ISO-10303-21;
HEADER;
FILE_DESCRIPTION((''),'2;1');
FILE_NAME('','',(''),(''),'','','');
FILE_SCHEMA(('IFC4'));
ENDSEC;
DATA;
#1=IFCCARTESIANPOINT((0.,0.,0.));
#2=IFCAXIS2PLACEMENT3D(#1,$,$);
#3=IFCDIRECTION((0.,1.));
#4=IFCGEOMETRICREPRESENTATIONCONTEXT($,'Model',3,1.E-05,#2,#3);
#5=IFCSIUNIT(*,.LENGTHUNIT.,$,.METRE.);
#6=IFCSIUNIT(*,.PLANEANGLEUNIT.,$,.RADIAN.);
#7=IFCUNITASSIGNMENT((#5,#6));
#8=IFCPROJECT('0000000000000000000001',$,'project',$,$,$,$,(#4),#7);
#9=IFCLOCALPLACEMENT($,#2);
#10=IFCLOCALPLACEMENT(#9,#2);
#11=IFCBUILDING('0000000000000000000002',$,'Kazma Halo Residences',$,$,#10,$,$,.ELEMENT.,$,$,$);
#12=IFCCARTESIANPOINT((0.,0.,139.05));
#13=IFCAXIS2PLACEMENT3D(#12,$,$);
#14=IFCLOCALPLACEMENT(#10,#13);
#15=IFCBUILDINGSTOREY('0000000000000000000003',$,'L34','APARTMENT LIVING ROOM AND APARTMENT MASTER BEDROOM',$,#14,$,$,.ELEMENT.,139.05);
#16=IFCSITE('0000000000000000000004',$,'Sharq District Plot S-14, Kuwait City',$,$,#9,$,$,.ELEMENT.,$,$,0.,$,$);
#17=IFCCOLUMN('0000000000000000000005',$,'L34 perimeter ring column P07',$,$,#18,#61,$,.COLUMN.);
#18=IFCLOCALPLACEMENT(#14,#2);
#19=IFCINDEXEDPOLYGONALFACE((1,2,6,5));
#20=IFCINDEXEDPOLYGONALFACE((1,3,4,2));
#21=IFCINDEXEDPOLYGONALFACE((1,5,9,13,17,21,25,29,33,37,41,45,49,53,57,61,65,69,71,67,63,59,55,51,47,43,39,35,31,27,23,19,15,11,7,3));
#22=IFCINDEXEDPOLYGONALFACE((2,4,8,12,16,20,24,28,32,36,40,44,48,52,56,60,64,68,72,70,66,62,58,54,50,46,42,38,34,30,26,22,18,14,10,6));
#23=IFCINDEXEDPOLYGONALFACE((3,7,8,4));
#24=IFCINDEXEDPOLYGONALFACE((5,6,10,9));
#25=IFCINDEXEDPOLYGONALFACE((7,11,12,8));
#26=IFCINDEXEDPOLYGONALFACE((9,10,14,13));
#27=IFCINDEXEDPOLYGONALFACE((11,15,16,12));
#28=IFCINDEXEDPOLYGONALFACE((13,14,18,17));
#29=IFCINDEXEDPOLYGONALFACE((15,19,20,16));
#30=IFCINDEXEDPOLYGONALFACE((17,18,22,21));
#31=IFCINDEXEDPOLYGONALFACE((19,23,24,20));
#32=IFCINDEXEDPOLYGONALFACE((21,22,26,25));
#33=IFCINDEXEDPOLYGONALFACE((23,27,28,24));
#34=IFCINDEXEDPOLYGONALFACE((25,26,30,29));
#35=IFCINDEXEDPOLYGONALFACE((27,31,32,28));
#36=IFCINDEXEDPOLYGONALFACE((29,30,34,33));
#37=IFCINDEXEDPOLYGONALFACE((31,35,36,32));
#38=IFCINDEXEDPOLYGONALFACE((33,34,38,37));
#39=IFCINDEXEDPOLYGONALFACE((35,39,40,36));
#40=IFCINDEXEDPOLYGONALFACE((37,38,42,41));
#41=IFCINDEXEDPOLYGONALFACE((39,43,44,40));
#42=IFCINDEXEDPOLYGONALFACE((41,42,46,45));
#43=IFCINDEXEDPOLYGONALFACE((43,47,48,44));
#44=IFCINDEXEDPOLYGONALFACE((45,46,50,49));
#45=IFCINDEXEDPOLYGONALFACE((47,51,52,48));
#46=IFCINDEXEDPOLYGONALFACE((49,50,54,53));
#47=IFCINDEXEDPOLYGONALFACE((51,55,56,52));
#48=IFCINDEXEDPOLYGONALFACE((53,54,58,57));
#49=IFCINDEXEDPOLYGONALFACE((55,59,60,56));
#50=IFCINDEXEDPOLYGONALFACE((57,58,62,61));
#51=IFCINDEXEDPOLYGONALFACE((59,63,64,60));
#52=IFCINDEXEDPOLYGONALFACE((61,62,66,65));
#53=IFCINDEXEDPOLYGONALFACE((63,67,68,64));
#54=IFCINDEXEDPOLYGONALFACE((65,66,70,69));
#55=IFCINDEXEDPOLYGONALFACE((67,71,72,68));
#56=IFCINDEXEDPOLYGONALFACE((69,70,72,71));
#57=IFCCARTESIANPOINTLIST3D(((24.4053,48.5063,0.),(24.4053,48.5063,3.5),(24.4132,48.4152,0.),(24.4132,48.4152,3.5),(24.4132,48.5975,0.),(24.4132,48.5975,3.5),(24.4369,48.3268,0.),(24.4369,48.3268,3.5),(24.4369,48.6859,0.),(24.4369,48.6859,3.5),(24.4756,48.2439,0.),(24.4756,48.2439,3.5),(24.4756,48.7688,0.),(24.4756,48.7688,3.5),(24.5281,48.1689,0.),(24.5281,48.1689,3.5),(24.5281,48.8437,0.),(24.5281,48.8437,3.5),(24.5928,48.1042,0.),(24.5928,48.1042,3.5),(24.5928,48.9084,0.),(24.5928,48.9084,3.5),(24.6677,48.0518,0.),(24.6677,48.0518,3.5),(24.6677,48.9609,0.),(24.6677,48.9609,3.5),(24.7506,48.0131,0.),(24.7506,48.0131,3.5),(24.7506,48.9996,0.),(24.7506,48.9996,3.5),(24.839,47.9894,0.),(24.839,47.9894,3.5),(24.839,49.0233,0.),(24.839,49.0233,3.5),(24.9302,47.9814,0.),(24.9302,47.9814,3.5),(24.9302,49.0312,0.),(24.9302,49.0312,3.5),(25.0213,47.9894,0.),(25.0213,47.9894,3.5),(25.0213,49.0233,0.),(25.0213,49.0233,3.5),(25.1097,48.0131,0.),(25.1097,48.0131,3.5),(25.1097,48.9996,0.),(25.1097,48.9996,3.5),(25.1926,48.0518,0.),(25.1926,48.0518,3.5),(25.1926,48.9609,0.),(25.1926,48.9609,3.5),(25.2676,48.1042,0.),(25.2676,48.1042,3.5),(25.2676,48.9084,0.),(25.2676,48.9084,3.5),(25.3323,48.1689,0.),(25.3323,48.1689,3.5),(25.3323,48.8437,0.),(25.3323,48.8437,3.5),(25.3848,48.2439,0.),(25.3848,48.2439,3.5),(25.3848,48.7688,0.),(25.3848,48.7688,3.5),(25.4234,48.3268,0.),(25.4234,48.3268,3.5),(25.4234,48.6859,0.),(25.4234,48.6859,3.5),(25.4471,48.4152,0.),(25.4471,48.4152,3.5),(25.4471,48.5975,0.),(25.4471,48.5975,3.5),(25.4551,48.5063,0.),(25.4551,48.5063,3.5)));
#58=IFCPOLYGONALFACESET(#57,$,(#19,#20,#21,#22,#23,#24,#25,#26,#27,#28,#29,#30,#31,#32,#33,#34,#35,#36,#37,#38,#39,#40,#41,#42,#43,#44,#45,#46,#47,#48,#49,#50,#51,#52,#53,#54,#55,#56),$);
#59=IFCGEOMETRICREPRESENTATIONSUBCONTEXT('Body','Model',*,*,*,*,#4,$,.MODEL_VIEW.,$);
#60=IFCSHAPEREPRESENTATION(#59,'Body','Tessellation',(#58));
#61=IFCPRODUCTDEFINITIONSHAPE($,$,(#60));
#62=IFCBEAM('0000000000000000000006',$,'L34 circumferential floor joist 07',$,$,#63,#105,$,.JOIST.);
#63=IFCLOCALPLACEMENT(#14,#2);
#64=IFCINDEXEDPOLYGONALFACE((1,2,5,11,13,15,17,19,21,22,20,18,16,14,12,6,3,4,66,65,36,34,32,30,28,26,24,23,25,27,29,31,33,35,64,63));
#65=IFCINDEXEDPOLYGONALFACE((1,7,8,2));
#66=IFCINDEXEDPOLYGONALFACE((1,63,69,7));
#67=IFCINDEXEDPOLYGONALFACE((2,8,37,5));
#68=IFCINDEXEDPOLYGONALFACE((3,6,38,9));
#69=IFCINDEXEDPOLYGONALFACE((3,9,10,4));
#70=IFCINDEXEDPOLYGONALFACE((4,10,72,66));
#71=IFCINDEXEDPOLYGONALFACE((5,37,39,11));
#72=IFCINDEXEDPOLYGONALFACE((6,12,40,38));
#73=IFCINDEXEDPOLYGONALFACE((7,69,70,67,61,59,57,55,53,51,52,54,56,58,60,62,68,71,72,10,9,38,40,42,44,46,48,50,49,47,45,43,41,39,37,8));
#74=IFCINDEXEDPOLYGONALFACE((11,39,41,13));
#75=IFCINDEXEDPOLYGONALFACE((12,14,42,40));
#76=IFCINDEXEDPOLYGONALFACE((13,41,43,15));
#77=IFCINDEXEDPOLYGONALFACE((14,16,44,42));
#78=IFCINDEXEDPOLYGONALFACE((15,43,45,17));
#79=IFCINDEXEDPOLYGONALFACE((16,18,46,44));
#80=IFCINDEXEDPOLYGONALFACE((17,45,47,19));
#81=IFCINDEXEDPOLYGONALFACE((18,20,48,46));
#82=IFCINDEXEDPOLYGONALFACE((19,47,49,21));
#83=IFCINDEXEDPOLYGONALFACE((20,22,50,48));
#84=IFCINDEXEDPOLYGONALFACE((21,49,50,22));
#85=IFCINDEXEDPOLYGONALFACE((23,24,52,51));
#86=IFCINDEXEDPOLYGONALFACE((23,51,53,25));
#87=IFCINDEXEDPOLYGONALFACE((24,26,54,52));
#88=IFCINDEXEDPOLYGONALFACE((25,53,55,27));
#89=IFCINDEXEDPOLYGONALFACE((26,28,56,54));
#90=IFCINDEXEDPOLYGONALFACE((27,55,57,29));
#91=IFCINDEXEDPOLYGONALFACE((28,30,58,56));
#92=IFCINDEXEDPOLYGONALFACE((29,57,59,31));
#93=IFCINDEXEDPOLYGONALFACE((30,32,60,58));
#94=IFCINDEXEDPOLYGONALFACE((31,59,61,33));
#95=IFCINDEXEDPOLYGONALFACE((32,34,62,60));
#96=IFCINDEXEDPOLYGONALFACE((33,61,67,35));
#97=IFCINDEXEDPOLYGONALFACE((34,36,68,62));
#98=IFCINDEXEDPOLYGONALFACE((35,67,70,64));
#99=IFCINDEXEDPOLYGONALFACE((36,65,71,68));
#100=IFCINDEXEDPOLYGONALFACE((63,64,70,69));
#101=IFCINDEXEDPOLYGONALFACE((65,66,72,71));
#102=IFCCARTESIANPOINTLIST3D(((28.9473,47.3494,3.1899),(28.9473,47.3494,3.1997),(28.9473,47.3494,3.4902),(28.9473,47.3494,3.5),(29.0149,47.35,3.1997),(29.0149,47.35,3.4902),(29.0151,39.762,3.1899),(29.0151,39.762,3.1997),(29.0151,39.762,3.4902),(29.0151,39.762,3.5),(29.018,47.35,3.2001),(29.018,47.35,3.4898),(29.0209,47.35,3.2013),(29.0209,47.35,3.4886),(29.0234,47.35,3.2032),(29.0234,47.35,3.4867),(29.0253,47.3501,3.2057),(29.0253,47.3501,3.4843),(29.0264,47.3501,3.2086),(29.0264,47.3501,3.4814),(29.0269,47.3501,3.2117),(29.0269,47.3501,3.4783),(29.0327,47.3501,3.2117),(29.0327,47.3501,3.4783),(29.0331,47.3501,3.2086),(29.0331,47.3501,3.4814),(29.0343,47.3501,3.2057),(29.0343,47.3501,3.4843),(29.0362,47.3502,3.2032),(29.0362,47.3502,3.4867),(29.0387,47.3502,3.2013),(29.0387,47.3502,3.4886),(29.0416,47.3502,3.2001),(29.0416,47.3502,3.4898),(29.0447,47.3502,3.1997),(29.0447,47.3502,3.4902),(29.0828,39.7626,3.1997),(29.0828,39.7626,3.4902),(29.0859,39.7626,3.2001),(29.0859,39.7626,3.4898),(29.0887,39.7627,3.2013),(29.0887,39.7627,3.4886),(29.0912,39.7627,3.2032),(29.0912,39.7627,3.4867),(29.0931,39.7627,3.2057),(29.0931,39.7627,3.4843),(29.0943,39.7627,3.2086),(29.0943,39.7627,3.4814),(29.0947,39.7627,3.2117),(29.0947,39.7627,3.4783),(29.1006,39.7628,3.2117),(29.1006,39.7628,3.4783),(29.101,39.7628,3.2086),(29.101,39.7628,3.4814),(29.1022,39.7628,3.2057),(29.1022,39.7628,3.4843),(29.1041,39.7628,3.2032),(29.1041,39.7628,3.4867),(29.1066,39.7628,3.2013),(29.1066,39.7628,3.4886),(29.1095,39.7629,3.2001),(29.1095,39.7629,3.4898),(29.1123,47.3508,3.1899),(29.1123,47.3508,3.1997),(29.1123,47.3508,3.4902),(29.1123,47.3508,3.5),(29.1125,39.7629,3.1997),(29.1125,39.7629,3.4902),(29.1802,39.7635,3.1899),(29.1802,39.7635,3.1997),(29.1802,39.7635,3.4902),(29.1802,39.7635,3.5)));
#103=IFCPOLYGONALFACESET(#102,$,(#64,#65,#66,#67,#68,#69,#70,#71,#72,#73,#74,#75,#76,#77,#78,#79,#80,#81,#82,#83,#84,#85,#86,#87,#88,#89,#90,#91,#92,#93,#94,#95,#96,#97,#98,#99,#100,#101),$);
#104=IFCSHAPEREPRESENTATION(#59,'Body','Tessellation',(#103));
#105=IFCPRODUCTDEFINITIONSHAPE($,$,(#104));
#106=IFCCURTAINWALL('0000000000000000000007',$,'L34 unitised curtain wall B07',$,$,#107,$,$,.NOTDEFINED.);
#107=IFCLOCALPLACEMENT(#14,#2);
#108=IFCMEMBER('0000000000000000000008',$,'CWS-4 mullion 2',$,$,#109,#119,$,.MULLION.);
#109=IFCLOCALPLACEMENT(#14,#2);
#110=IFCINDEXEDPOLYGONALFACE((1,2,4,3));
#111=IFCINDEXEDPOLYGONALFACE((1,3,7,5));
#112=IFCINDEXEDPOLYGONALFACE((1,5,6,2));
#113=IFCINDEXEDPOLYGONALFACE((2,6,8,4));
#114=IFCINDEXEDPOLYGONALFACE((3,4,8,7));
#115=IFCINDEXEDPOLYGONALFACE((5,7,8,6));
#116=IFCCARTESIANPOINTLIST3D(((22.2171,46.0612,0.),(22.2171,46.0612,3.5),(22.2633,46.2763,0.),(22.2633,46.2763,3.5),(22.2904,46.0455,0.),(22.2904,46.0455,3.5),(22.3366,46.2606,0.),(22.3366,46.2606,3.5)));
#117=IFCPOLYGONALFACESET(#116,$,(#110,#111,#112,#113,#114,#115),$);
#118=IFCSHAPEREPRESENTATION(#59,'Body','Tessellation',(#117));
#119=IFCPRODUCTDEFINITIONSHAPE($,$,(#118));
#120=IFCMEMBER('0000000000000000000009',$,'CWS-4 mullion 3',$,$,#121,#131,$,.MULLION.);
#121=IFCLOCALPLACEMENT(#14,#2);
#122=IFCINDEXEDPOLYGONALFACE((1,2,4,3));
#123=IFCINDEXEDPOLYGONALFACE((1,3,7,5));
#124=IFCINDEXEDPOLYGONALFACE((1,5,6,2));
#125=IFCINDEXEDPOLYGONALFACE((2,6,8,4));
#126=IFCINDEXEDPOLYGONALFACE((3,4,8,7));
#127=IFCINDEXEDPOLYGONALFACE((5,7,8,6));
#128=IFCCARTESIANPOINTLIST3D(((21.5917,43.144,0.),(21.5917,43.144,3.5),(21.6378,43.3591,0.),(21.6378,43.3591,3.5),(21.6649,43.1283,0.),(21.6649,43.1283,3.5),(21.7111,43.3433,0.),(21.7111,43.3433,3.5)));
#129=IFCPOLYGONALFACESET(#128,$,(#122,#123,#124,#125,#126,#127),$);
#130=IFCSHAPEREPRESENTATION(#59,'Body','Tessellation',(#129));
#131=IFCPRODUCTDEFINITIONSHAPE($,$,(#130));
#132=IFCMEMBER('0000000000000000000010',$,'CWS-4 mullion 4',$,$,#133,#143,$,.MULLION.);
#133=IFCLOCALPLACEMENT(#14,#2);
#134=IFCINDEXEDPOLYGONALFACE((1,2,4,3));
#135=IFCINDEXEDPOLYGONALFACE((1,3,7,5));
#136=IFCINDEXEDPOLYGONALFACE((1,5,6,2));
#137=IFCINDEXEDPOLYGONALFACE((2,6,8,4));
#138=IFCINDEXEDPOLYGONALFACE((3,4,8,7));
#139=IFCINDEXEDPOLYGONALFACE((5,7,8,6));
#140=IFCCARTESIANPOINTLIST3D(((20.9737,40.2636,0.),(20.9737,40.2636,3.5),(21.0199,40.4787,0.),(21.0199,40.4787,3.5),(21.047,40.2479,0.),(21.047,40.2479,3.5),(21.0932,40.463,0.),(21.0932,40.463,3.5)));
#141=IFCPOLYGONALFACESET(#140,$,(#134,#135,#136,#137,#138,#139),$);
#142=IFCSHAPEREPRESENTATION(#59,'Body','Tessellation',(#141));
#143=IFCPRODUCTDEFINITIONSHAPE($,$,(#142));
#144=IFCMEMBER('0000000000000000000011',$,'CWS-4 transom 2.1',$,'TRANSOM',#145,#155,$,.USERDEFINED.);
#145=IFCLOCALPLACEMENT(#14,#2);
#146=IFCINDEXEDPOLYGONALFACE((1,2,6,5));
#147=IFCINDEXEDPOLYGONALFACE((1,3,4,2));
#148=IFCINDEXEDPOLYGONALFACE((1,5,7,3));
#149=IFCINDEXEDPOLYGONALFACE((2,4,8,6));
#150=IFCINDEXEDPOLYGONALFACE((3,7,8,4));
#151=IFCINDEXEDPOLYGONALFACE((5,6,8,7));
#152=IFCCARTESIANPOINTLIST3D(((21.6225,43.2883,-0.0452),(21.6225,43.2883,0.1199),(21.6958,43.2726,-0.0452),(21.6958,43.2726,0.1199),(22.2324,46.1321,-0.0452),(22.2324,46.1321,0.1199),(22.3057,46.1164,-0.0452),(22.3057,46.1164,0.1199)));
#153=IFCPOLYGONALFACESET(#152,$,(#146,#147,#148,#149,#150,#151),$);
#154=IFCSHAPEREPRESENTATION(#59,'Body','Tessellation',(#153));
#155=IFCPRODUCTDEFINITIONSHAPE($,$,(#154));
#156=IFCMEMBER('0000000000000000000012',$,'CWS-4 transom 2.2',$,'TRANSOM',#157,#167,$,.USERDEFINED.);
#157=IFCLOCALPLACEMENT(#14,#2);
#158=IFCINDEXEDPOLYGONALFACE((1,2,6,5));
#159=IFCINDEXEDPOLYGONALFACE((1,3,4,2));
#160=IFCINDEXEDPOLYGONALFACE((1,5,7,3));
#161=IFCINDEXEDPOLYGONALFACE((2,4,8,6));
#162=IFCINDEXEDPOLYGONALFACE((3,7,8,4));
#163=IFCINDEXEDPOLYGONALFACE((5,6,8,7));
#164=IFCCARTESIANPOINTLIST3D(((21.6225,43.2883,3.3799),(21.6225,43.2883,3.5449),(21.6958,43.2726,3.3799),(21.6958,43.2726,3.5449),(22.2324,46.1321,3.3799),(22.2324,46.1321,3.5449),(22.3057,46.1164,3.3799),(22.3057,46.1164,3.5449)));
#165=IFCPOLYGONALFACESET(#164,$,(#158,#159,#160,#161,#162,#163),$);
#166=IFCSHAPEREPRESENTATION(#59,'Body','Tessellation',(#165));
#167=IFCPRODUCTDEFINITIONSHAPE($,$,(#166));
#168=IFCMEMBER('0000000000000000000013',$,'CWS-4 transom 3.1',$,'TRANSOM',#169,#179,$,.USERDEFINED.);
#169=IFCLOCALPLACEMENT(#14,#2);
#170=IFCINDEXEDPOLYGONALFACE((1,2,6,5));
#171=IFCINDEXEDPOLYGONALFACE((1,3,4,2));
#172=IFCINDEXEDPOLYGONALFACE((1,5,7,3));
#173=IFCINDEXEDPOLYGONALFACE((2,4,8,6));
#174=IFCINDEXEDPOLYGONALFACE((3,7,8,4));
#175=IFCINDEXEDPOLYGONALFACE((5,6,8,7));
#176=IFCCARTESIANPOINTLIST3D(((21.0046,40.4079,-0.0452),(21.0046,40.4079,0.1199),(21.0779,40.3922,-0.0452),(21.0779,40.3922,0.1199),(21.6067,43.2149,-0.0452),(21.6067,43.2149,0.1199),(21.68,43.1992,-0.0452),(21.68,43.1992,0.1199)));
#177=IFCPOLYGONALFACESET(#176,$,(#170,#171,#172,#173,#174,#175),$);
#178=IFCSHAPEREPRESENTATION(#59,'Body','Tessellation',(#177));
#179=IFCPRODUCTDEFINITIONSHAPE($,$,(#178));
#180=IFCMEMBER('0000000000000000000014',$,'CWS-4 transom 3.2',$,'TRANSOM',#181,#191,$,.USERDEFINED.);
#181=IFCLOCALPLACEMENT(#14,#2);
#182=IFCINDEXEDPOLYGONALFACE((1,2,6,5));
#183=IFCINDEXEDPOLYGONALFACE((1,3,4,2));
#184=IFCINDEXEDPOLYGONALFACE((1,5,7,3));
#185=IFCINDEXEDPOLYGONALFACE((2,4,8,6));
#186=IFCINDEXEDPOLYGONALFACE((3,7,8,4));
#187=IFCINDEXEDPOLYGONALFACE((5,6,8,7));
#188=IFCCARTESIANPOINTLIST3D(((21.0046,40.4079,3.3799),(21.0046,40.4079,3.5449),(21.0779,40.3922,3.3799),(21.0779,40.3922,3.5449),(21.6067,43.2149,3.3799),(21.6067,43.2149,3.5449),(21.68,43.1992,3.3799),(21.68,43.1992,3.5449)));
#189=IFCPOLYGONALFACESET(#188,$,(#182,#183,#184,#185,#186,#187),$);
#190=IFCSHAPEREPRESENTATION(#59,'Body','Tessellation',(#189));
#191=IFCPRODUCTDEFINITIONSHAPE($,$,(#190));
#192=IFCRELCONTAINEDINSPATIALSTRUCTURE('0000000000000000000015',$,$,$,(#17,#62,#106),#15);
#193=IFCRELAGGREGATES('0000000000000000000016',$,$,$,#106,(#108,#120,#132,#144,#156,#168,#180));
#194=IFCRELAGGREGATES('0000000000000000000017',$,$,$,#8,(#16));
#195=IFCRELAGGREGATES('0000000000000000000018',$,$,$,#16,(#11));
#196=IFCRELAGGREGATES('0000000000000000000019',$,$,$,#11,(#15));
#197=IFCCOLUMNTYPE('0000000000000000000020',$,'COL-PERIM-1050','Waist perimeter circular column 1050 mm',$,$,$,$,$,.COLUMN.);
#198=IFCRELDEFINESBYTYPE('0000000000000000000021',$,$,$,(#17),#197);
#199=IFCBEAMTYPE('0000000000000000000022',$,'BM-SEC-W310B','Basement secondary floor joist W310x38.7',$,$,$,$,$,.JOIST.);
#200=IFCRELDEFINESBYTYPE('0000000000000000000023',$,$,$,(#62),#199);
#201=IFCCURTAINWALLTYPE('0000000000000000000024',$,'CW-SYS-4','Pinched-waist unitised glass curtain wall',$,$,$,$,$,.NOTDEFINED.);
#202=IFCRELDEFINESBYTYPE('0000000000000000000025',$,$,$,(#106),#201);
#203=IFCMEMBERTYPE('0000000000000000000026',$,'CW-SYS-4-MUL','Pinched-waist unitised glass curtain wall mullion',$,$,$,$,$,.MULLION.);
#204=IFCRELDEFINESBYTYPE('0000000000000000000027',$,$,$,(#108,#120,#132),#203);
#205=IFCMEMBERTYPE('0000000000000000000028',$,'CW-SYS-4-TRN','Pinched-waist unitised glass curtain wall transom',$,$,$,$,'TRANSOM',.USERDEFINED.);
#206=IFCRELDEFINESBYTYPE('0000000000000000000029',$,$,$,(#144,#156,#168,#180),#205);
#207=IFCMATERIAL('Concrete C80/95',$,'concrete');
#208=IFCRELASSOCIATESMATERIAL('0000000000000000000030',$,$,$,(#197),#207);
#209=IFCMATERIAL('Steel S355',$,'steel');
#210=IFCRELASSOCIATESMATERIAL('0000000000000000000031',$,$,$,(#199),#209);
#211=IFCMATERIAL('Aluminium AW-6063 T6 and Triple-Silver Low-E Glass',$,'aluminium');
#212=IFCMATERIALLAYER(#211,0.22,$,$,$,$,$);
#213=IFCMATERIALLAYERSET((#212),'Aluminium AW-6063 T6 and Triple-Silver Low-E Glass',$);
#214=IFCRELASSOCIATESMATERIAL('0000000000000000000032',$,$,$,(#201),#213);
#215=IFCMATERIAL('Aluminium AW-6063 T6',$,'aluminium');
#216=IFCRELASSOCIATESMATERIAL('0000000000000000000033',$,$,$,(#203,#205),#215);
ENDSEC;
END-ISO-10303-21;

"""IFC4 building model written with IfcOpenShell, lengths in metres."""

from ifc_helpers import new_model, si_unit, direction, frame, origin, origin_2d, place, context, subcontext, project, spatial, rectangle, circle, i_section, extrude, material, layer, layer_set, material_profile, profile_set, type_object, element, aggregate, save


model = new_model("IFC4")

# Units and contexts
model_context = context("Model", 3, precision=1e-05, world=origin(), true_north=direction((0.0, 1.0)))
body_context = subcontext(model_context, "Body", "Model", "MODEL_VIEW")
ifc_project = project(units=[si_unit("LENGTHUNIT", "METRE"), si_unit("PLANEANGLEUNIT", "RADIAN")], contexts=[model_context])

# Site, building, storey
site_placement = place(None, origin())
site = spatial("IfcSite", under=ifc_project, at=site_placement, Name="Sharq District Plot S-14, Kuwait City", CompositionType="ELEMENT", RefElevation=0.0)
building_placement = place(site_placement, origin())
building = spatial("IfcBuilding", under=site, at=building_placement, Name="Kazma Halo Residences", CompositionType="ELEMENT")
storey_placement = place(building_placement, frame((0.0, 0.0, 139.05)))
storey = spatial("IfcBuildingStorey", under=building, at=storey_placement, Name="L34", Description="APARTMENT LIVING ROOM AND APARTMENT MASTER BEDROOM", CompositionType="ELEMENT", Elevation=139.05)

# Column
ifc_material_1 = material(Name="Concrete C80/95", Category="concrete")
ifc_material_profile_1 = material_profile(ifc_material_1, circle(Radius=0.5249, at=origin_2d()), Name="CIRC1050")
ifc_profile_set_1 = profile_set([ifc_material_profile_1], Name="Concrete C80/95")
column_type = type_object("IfcColumnType", Name="COL-PERIM-1050", Description="Waist perimeter circular column 1050 mm", PredefinedType="COLUMN", material=ifc_profile_set_1)
column_placement = place(storey_placement, frame((24.9302, 48.5063, 0.0), z_axis=(0.0, 0.0, 1.0), x_axis=(1.0, 0.0, 0.0)))
element("IfcColumn", 1, at=column_placement, inside=storey, type_object=column_type, Name="L34 perimeter ring column P07", PredefinedType="COLUMN", context=body_context, shape_type="SweptSolid", body=[
    extrude(circle(Radius=0.5249, at=origin_2d()), origin(), (0.0, 0.0, 1.0), 3.5),
])

# Beam
ifc_material_2 = material(Name="Steel S355", Category="steel")
ifc_material_profile_2 = material_profile(ifc_material_2, i_section(OverallWidth=0.165, OverallDepth=0.3101, WebThickness=0.0059, FlangeThickness=0.0098, FilletRadius=0.012, at=origin_2d()), Name="W310x38.7")
ifc_profile_set_2 = profile_set([ifc_material_profile_2], Name="Steel S355")
beam_type = type_object("IfcBeamType", Name="BM-SEC-W310B", Description="Basement secondary floor joist W310x38.7", PredefinedType="JOIST", material=ifc_profile_set_2)
beam_placement = place(storey_placement, frame((29.0298, 47.3501, 3.345), z_axis=(0.008945, -0.99996, 0.0), x_axis=(0.99996, 0.008945, 0.0)))
element("IfcBeam", 2, at=beam_placement, inside=storey, type_object=beam_type, Name="L34 circumferential floor joist 07", PredefinedType="JOIST", context=body_context, shape_type="SweptSolid", body=[
    extrude(i_section(OverallWidth=0.165, OverallDepth=0.3101, WebThickness=0.0059, FlangeThickness=0.0098, FilletRadius=0.012, at=origin_2d()), origin(), (0.0, 0.0, 1.0), 7.5876),
])

# Curtain wall, members
ifc_material_3 = material(Name="Aluminium AW-6063 T6 and Triple-Silver Low-E Glass", Category="aluminium")
ifc_layer_1 = layer(ifc_material_3, 0.22)
ifc_layer_set_1 = layer_set([ifc_layer_1], Name="Aluminium AW-6063 T6 and Triple-Silver Low-E Glass")
curtain_wall_type = type_object("IfcCurtainWallType", Name="CW-SYS-4", Description="Pinched-waist unitised glass curtain wall", PredefinedType="NOTDEFINED", material=ifc_layer_set_1)
curtain_wall_placement = place(storey_placement, origin())
curtain_wall = element("IfcCurtainWall", 3, at=curtain_wall_placement, inside=storey, type_object=curtain_wall_type, Name="L34 unitised curtain wall B07", PredefinedType="NOTDEFINED")
ifc_material_4 = material(Name="Aluminium AW-6063 T6", Category="aluminium")
ifc_material_profile_3 = material_profile(ifc_material_4, rectangle(XDim=0.075, YDim=0.22, at=origin_2d()), Name="CWM-75x220")
ifc_profile_set_3 = profile_set([ifc_material_profile_3], Name="Aluminium AW-6063 T6")
member_type_1 = type_object("IfcMemberType", Name="CW-SYS-4-MUL", Description="Pinched-waist unitised glass curtain wall mullion", PredefinedType="MULLION", material=ifc_profile_set_3)
member_1_placement = place(storey_placement, frame((22.2769, 46.1609, 0.0), z_axis=(0.0, 0.0, 1.0), x_axis=(0.977765, -0.209704, 0.0)))
member_1 = element("IfcMember", 4, at=member_1_placement, type_object=member_type_1, Name="CWS-4 mullion 2", PredefinedType="MULLION", context=body_context, shape_type="SweptSolid", body=[
    extrude(rectangle(XDim=0.075, YDim=0.22, at=origin_2d()), origin(), (0.0, 0.0, 1.0), 3.5),
])
member_2_placement = place(storey_placement, frame((21.6514, 43.2437, 0.0), z_axis=(0.0, 0.0, 1.0), x_axis=(0.977765, -0.209704, 0.0)))
member_2 = element("IfcMember", 5, at=member_2_placement, type_object=member_type_1, Name="CWS-4 mullion 3", PredefinedType="MULLION", context=body_context, shape_type="SweptSolid", body=[
    extrude(rectangle(XDim=0.075, YDim=0.22, at=origin_2d()), origin(), (0.0, 0.0, 1.0), 3.5),
])
member_3_placement = place(storey_placement, frame((21.0334, 40.3633, 0.0), z_axis=(0.0, 0.0, 1.0), x_axis=(0.977765, -0.209704, 0.0)))
member_3 = element("IfcMember", 6, at=member_3_placement, type_object=member_type_1, Name="CWS-4 mullion 4", PredefinedType="MULLION", context=body_context, shape_type="SweptSolid", body=[
    extrude(rectangle(XDim=0.075, YDim=0.22, at=origin_2d()), origin(), (0.0, 0.0, 1.0), 3.5),
])
ifc_material_profile_4 = material_profile(ifc_material_4, rectangle(XDim=0.075, YDim=0.165, at=origin_2d()), Name="CWT-75x165")
ifc_profile_set_4 = profile_set([ifc_material_profile_4], Name="Aluminium AW-6063 T6")
member_type_2 = type_object("IfcMemberType", Name="CW-SYS-4-TRN", Description="Pinched-waist unitised glass curtain wall transom", ElementType="TRANSOM", PredefinedType="USERDEFINED", material=ifc_profile_set_4)
member_4_placement = place(storey_placement, frame((22.269, 46.1243, 0.0374), z_axis=(-0.20969, -0.977768, 0.0), x_axis=(0.977768, -0.20969, 0.0)))
member_4 = element("IfcMember", 7, at=member_4_placement, type_object=member_type_2, Name="CWS-4 transom 2.1", ObjectType="TRANSOM", PredefinedType="USERDEFINED", context=body_context, shape_type="SweptSolid", body=[
    extrude(rectangle(XDim=0.075, YDim=0.165, at=origin_2d()), origin(), (0.0, 0.0, 1.0), 2.9084),
])
member_5_placement = place(storey_placement, frame((22.269, 46.1243, 3.4624), z_axis=(-0.20969, -0.977768, 0.0), x_axis=(0.977768, -0.20969, 0.0)))
member_5 = element("IfcMember", 8, at=member_5_placement, type_object=member_type_2, Name="CWS-4 transom 2.2", ObjectType="TRANSOM", PredefinedType="USERDEFINED", context=body_context, shape_type="SweptSolid", body=[
    extrude(rectangle(XDim=0.075, YDim=0.165, at=origin_2d()), origin(), (0.0, 0.0, 1.0), 2.9084),
])
member_6_placement = place(storey_placement, frame((21.6433, 43.207, 0.0374), z_axis=(-0.209703, -0.977765, 0.0), x_axis=(0.977765, -0.209703, 0.0)))
member_6 = element("IfcMember", 9, at=member_6_placement, type_object=member_type_2, Name="CWS-4 transom 3.1", ObjectType="TRANSOM", PredefinedType="USERDEFINED", context=body_context, shape_type="SweptSolid", body=[
    extrude(rectangle(XDim=0.075, YDim=0.165, at=origin_2d()), origin(), (0.0, 0.0, 1.0), 2.8708),
])
member_7_placement = place(storey_placement, frame((21.6433, 43.207, 3.4624), z_axis=(-0.209703, -0.977765, 0.0), x_axis=(0.977765, -0.209703, 0.0)))
member_7 = element("IfcMember", 10, at=member_7_placement, type_object=member_type_2, Name="CWS-4 transom 3.2", ObjectType="TRANSOM", PredefinedType="USERDEFINED", context=body_context, shape_type="SweptSolid", body=[
    extrude(rectangle(XDim=0.075, YDim=0.165, at=origin_2d()), origin(), (0.0, 0.0, 1.0), 2.8708),
])
aggregate(curtain_wall, [member_1, member_2, member_3, member_4, member_5, member_6, member_7])

save(model, "model.ifc")
